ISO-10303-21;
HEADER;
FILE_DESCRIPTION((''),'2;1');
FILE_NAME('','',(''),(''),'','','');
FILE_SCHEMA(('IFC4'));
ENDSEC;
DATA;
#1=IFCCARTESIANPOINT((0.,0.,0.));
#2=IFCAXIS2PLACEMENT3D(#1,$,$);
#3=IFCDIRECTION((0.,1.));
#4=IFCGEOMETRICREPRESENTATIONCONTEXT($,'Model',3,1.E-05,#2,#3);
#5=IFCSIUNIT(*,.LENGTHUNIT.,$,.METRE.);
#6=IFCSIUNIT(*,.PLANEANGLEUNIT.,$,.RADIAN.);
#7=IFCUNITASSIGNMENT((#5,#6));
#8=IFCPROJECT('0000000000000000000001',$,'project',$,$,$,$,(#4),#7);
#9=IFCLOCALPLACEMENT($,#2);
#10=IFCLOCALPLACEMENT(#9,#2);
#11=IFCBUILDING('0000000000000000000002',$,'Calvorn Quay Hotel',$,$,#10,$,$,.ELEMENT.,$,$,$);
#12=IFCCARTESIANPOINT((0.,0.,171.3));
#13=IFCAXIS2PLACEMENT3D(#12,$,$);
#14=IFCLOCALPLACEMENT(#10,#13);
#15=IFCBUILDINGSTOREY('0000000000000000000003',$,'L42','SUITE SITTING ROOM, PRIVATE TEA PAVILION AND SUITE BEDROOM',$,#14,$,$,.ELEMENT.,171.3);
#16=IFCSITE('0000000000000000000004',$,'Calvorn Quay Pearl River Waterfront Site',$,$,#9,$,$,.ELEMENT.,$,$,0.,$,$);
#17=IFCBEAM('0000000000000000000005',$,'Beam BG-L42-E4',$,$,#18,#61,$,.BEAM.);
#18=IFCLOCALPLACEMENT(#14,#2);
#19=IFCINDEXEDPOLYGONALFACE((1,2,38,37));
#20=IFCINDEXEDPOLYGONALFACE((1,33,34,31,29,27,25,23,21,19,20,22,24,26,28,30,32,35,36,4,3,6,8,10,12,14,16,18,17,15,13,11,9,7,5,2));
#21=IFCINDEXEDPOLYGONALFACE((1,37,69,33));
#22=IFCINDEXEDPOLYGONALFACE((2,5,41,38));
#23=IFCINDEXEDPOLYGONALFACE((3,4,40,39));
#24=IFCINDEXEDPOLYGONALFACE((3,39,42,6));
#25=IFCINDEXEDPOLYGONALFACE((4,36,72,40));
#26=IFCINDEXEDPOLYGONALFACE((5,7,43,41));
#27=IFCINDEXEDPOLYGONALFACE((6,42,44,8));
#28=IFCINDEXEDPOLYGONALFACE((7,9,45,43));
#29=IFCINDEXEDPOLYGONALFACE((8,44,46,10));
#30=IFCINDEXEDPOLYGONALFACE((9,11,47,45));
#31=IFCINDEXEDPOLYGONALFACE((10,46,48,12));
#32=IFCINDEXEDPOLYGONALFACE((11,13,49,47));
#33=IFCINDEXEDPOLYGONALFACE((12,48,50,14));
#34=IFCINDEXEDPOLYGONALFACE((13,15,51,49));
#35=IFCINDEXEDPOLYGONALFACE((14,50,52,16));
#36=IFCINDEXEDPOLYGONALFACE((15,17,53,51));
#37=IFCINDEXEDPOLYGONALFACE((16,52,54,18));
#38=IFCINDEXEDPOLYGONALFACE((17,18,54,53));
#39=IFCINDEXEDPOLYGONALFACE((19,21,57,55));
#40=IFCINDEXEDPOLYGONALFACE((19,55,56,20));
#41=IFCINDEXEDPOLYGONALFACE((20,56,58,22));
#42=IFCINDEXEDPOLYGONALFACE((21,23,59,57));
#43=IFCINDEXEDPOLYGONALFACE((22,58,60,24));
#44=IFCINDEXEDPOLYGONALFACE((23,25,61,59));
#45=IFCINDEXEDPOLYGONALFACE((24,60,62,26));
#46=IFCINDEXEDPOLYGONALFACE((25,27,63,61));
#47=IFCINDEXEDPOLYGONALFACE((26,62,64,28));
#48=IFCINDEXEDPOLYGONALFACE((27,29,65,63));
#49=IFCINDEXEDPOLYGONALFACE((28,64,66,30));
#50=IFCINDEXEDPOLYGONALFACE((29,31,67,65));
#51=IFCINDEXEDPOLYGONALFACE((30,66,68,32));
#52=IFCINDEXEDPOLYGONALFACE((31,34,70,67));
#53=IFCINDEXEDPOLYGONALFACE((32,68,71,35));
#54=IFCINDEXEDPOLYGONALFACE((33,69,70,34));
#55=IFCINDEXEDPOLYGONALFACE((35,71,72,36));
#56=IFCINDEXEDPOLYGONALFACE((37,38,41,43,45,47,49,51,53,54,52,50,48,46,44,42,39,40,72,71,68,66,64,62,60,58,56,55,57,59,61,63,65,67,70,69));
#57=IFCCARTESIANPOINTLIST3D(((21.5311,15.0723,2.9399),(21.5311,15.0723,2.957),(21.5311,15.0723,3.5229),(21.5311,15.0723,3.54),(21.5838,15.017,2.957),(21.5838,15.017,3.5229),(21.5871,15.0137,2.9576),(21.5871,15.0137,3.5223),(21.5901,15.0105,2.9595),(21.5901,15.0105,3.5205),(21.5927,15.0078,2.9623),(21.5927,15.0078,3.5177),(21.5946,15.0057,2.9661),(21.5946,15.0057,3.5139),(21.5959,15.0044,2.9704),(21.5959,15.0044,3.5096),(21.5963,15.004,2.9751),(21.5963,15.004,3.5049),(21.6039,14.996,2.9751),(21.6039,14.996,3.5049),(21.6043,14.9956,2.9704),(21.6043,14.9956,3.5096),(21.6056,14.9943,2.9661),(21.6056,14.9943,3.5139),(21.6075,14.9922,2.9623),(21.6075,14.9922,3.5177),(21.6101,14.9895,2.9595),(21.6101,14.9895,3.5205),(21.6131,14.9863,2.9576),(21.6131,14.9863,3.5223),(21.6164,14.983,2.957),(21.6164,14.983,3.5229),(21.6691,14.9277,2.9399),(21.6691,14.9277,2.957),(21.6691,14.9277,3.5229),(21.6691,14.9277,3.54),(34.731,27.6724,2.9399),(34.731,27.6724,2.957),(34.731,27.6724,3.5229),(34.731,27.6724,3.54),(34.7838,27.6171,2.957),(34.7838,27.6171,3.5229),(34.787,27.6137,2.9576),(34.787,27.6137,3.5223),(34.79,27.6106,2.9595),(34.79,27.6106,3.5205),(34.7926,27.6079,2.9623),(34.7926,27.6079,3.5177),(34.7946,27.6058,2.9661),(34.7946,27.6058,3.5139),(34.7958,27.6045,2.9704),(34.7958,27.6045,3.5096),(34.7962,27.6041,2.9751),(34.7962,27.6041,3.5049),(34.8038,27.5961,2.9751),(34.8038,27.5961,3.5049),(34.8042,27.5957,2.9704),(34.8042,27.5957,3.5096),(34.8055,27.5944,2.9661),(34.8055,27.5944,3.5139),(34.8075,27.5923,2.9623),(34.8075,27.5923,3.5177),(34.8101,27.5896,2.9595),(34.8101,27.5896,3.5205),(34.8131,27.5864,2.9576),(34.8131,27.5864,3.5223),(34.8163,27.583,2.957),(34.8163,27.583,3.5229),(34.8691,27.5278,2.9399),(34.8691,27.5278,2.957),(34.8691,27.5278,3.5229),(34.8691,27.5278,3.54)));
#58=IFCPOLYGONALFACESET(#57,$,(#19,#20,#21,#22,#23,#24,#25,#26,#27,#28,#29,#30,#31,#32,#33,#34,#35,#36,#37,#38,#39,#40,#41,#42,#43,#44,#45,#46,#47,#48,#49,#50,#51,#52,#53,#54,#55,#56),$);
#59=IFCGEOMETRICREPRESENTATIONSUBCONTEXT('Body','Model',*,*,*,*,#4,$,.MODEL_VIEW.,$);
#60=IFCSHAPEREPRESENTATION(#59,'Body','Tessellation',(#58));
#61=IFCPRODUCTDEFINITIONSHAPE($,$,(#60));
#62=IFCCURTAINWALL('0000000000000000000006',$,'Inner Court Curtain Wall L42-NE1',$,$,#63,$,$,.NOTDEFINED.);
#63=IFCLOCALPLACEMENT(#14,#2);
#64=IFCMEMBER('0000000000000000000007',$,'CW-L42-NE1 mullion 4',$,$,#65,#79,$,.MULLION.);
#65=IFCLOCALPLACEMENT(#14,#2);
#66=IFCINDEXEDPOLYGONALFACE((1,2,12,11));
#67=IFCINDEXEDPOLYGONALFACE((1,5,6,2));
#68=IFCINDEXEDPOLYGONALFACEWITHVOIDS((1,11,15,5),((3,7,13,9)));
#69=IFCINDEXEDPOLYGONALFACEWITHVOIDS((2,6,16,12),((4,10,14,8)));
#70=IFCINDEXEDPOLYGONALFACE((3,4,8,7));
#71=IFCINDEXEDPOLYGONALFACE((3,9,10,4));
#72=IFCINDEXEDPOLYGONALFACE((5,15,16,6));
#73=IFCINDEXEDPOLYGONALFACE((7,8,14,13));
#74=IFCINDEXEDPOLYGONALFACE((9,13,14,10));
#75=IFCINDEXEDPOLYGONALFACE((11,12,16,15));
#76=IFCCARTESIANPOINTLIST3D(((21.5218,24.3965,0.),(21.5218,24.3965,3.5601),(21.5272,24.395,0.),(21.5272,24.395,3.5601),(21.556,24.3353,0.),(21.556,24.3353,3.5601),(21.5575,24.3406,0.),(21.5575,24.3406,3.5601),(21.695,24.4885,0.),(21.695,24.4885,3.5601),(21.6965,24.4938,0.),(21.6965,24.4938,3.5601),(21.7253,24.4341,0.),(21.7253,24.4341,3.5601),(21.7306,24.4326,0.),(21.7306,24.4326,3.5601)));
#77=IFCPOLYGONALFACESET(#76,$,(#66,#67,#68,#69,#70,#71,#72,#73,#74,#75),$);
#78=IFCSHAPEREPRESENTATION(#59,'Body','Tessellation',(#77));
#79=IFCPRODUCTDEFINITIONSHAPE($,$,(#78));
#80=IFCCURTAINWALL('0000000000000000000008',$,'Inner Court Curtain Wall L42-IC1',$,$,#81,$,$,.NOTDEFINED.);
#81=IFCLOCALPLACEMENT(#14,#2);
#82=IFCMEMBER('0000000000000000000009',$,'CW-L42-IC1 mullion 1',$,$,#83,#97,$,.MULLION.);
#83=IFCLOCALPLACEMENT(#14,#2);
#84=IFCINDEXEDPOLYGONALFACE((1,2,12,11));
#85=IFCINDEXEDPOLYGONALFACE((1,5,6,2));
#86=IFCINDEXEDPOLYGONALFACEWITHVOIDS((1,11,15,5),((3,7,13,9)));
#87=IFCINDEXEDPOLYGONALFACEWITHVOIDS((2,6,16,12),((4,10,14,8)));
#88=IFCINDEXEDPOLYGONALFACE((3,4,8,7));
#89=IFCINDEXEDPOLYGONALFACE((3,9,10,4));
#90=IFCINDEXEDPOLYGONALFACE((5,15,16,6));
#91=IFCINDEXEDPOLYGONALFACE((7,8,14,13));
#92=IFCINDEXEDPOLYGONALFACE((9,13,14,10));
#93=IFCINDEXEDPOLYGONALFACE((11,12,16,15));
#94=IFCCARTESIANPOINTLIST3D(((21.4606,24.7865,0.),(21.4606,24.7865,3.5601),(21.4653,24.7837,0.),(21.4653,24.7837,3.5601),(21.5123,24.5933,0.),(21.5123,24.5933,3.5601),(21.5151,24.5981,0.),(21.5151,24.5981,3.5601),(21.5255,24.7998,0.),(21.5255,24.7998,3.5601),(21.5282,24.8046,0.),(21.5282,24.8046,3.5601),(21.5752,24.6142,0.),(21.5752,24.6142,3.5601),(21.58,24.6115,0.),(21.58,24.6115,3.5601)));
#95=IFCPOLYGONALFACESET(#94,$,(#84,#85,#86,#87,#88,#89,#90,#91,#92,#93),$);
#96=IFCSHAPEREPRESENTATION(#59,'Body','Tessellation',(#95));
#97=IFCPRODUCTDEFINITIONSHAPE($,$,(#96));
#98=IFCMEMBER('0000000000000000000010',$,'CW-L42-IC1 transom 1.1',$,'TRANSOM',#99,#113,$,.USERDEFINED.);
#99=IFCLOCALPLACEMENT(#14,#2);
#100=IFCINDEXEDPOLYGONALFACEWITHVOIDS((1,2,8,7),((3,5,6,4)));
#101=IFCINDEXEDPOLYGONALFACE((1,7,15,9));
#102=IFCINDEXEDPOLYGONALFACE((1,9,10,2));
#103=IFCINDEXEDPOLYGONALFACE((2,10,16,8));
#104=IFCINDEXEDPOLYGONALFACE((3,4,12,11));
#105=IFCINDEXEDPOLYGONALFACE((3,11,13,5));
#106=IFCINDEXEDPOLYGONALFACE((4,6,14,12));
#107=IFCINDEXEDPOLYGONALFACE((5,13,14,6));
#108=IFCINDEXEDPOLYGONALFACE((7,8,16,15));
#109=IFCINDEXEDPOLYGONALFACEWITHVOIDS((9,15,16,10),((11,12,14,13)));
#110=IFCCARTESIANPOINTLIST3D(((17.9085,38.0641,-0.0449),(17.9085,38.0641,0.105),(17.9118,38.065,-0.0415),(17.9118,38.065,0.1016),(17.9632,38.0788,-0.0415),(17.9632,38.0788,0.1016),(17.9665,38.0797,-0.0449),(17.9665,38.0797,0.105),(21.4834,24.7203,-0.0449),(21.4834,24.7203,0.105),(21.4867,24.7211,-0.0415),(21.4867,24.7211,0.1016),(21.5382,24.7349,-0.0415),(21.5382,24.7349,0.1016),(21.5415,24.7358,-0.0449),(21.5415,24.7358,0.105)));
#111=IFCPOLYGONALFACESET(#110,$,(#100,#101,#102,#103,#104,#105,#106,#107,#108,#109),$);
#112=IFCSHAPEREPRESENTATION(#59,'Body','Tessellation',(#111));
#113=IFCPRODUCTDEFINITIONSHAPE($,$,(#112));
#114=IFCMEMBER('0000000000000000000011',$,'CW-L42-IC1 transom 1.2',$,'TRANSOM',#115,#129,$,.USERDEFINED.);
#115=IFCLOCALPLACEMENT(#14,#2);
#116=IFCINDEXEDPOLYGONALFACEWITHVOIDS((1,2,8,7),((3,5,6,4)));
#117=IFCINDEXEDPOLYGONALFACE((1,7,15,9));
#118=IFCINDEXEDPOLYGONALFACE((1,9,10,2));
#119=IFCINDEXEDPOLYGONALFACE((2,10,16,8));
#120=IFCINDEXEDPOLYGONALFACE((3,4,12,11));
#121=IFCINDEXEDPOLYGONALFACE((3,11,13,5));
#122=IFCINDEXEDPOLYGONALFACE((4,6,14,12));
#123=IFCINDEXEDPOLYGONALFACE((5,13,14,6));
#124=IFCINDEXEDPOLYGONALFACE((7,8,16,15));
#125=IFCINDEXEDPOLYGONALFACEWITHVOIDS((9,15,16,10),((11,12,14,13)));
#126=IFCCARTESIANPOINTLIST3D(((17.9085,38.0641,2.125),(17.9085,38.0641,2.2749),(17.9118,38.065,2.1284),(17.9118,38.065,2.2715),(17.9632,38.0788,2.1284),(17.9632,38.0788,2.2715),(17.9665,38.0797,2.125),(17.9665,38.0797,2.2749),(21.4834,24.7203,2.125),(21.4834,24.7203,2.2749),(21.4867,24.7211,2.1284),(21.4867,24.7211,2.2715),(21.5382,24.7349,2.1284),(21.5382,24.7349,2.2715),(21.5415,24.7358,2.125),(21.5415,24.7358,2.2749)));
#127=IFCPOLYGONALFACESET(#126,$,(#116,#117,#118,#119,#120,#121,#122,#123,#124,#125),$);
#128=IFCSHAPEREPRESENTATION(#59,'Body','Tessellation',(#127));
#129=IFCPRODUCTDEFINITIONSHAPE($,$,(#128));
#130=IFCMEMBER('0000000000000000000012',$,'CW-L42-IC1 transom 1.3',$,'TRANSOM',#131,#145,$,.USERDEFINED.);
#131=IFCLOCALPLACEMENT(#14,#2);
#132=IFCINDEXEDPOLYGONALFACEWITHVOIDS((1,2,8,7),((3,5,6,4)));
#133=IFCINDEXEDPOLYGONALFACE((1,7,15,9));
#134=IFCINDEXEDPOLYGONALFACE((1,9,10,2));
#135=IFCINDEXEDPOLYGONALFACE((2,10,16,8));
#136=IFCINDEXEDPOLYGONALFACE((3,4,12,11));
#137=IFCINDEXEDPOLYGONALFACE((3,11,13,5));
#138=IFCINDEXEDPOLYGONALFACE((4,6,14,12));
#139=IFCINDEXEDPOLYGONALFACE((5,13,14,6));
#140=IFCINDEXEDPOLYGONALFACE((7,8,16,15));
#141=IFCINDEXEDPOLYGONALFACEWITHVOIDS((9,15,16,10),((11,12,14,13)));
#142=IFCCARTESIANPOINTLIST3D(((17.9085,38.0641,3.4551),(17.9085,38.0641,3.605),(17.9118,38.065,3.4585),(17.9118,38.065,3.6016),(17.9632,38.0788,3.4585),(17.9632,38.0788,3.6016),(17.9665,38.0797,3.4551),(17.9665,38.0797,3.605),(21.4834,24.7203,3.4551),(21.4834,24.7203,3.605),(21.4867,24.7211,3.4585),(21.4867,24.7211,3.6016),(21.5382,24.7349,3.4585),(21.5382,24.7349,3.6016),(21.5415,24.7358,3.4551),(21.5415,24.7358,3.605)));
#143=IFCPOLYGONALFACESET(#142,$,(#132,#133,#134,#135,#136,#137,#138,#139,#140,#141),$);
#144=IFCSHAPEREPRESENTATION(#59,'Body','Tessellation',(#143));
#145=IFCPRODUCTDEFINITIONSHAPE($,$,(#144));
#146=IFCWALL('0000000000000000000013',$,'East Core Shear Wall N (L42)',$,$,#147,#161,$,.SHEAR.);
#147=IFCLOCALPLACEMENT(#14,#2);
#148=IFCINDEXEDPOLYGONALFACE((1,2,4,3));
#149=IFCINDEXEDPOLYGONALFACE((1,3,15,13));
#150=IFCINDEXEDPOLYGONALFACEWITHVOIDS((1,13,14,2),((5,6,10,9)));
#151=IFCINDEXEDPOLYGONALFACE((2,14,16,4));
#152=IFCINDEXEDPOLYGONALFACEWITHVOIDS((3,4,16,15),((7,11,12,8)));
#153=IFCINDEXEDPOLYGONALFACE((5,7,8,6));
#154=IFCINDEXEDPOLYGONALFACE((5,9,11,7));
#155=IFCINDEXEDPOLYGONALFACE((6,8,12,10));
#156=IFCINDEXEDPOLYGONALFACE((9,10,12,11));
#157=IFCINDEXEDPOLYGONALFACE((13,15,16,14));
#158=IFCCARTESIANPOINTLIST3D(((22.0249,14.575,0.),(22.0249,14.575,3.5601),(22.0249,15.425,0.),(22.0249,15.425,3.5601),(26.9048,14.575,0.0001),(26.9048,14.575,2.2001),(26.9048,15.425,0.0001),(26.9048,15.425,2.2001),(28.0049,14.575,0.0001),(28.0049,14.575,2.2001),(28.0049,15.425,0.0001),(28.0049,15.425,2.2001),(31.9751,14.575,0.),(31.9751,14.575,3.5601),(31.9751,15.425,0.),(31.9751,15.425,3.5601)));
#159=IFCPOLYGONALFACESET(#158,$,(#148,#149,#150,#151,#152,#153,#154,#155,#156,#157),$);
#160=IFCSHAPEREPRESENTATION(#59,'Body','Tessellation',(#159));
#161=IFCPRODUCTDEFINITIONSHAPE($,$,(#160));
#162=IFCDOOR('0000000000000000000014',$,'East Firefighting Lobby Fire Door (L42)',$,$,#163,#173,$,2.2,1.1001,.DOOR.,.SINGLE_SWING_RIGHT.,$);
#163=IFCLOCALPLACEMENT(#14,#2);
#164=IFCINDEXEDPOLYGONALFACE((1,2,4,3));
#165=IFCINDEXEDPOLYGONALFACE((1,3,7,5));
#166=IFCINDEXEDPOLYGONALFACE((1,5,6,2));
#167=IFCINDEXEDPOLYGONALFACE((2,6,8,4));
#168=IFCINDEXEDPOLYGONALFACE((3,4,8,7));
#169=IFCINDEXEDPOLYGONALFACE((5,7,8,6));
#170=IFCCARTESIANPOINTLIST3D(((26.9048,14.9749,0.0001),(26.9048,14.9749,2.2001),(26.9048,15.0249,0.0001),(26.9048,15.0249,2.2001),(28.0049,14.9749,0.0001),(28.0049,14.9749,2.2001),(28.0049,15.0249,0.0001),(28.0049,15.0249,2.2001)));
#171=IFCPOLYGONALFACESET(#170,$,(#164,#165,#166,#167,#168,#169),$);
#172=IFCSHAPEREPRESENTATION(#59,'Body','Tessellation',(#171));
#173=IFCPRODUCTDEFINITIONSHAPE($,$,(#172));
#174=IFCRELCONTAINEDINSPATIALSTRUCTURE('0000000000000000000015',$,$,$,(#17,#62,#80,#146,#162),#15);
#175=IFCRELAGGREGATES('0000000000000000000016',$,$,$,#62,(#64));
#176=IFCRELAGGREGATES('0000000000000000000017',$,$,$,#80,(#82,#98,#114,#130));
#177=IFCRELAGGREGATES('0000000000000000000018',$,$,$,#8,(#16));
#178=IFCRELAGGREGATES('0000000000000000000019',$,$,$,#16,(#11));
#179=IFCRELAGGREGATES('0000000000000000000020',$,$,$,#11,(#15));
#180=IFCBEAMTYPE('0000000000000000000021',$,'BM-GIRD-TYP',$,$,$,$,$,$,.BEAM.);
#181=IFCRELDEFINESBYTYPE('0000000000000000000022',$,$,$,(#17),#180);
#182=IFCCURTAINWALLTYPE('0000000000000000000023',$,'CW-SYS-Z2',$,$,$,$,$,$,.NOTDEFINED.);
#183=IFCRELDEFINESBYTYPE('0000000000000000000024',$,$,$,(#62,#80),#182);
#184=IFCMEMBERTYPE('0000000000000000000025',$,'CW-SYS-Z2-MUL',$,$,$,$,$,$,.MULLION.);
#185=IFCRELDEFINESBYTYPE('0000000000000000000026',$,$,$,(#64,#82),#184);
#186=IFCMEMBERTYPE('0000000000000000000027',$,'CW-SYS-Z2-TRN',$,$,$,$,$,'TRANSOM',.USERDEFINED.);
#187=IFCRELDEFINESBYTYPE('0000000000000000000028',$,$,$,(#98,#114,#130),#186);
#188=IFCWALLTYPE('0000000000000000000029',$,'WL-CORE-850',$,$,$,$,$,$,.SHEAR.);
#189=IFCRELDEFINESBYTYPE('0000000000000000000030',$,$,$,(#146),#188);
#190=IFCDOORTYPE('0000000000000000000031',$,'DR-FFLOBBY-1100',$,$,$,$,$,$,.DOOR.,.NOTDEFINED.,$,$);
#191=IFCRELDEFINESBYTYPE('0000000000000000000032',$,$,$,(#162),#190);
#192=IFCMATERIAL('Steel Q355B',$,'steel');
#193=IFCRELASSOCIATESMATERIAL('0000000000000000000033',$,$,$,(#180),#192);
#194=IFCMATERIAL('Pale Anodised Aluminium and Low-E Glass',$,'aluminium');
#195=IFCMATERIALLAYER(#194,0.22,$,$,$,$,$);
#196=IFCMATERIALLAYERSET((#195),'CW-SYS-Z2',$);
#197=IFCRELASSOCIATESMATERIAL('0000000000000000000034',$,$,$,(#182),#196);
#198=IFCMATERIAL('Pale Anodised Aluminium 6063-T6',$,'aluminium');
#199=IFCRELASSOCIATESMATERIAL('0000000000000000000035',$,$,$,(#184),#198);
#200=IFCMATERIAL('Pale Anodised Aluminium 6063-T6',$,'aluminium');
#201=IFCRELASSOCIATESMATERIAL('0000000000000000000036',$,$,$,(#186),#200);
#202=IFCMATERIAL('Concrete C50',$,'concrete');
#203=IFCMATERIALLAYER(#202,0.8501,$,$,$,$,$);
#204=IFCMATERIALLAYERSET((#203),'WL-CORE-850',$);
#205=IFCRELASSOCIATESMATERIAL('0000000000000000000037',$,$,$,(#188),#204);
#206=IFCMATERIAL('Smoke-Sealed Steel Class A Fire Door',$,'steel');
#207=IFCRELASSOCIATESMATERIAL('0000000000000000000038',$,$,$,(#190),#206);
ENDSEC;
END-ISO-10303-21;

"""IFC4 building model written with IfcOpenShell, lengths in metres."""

from ifc_helpers import new_model, si_unit, direction, frame, frame_2d, origin, origin_2d, place, context, subcontext, project, spatial, rectangle, hollow_rectangle, i_section, extrude, material, layer, layer_set, material_profile, profile_set, type_object, element, fill, aggregate, save


model = new_model("IFC4")

# Units and contexts
model_context = context("Model", 3, precision=1e-05, world=origin(), true_north=direction((0.0, 1.0)))
body_context = subcontext(model_context, "Body", "Model", "MODEL_VIEW")
ifc_project = project(units=[si_unit("LENGTHUNIT", "METRE"), si_unit("PLANEANGLEUNIT", "RADIAN")], contexts=[model_context])

# Site, building, storey
site_placement = place(None, origin())
site = spatial("IfcSite", under=ifc_project, at=site_placement, Name="Calvorn Quay Pearl River Waterfront Site", CompositionType="ELEMENT", RefElevation=0.0)
building_placement = place(site_placement, origin())
building = spatial("IfcBuilding", under=site, at=building_placement, Name="Calvorn Quay Hotel", CompositionType="ELEMENT")
storey_placement = place(building_placement, frame((0.0, 0.0, 171.3)))
storey = spatial("IfcBuildingStorey", under=building, at=storey_placement, Name="L42", Description="SUITE SITTING ROOM, PRIVATE TEA PAVILION AND SUITE BEDROOM", CompositionType="ELEMENT", Elevation=171.3)

# Beam
ifc_material_1 = material(Name="Steel Q355B", Category="steel")
ifc_material_profile_1 = material_profile(ifc_material_1, i_section(OverallWidth=0.2, OverallDepth=0.6001, WebThickness=0.011, FlangeThickness=0.0171, FilletRadius=0.0181, at=origin_2d()), Name="HN600x200x11x17")
ifc_profile_set_1 = profile_set([ifc_material_profile_1], Name="Steel Q355B")
beam_type = type_object("IfcBeamType", Name="BM-GIRD-TYP", PredefinedType="BEAM", material=ifc_profile_set_1)
beam_placement = place(storey_placement, frame((21.6001, 15.0, 3.24), z_axis=(0.723352, 0.69048, 0.0), x_axis=(-0.69048, 0.723352, 0.0)))
element("IfcBeam", 1, at=beam_placement, inside=storey, type_object=beam_type, Name="Beam BG-L42-E4", PredefinedType="BEAM", context=body_context, shape_type="SweptSolid", body=[
    extrude(i_section(OverallWidth=0.2, OverallDepth=0.6001, WebThickness=0.011, FlangeThickness=0.0171, FilletRadius=0.0181, at=origin_2d()), origin(), (0.0, 0.0, 1.0), 18.2483),
])

# Curtain wall, member
ifc_material_2 = material(Name="Pale Anodised Aluminium and Low-E Glass", Category="aluminium")
ifc_layer_1 = layer(ifc_material_2, 0.22)
ifc_layer_set_1 = layer_set([ifc_layer_1], Name="CW-SYS-Z2")
curtain_wall_type = type_object("IfcCurtainWallType", Name="CW-SYS-Z2", PredefinedType="NOTDEFINED", material=ifc_layer_set_1)
curtain_wall_1_placement = place(storey_placement, origin())
curtain_wall_1 = element("IfcCurtainWall", 2, at=curtain_wall_1_placement, inside=storey, type_object=curtain_wall_type, Name="Inner Court Curtain Wall L42-NE1", PredefinedType="NOTDEFINED")
ifc_material_3 = material(Name="Pale Anodised Aluminium 6063-T6", Category="aluminium")
ifc_material_profile_2 = material_profile(ifc_material_3, hollow_rectangle(XDim=0.0701, YDim=0.2, WallThickness=0.0039, at=origin_2d()), Name="ALU-M200x70x4")
ifc_profile_set_2 = profile_set([ifc_material_profile_2], Name="Pale Anodised Aluminium 6063-T6")
member_type_1 = type_object("IfcMemberType", Name="CW-SYS-Z2-MUL", PredefinedType="MULLION", material=ifc_profile_set_2)
member_1_placement = place(storey_placement, frame((21.6262, 24.4146, 0.0), z_axis=(0.0, 0.0, 1.0), x_axis=(0.486858, -0.873481, 0.0)))
member_1 = element("IfcMember", 3, at=member_1_placement, type_object=member_type_1, Name="CW-L42-NE1 mullion 4", PredefinedType="MULLION", context=body_context, shape_type="SweptSolid", body=[
    extrude(hollow_rectangle(XDim=0.0701, YDim=0.2, WallThickness=0.0039, at=origin_2d()), origin(), (0.0, 0.0, 1.0), 3.5601),
])
aggregate(curtain_wall_1, [member_1])

# Curtain wall, members
curtain_wall_2_placement = place(storey_placement, origin())
curtain_wall_2 = element("IfcCurtainWall", 4, at=curtain_wall_2_placement, inside=storey, type_object=curtain_wall_type, Name="Inner Court Curtain Wall L42-IC1", PredefinedType="NOTDEFINED")
member_2_placement = place(storey_placement, frame((21.5203, 24.699, 0.0), z_axis=(0.0, 0.0, 1.0), x_axis=(-0.965937, -0.258779, 0.0)))
member_2 = element("IfcMember", 5, at=member_2_placement, type_object=member_type_1, Name="CW-L42-IC1 mullion 1", PredefinedType="MULLION", context=body_context, shape_type="SweptSolid", body=[
    extrude(hollow_rectangle(XDim=0.0701, YDim=0.2, WallThickness=0.0039, at=origin_2d()), origin(), (0.0, 0.0, 1.0), 3.5601),
])
ifc_material_4 = material(Name="Pale Anodised Aluminium 6063-T6", Category="aluminium")
ifc_material_profile_3 = material_profile(ifc_material_4, hollow_rectangle(XDim=0.0601, YDim=0.1499, WallThickness=0.0034, at=origin_2d()), Name="ALU-T150x60x3.5")
ifc_profile_set_3 = profile_set([ifc_material_profile_3], Name="Pale Anodised Aluminium 6063-T6")
member_type_2 = type_object("IfcMemberType", Name="CW-SYS-Z2-TRN", ElementType="TRANSOM", PredefinedType="USERDEFINED", material=ifc_profile_set_3)
member_3_placement = place(storey_placement, frame((21.5125, 24.728, 0.03), z_axis=(-0.258781, 0.965936, 0.0), x_axis=(-0.965936, -0.258781, 0.0)))
member_3 = element("IfcMember", 6, at=member_3_placement, type_object=member_type_2, Name="CW-L42-IC1 transom 1.1", ObjectType="TRANSOM", PredefinedType="USERDEFINED", context=body_context, shape_type="SweptSolid", body=[
    extrude(hollow_rectangle(XDim=0.0601, YDim=0.1499, WallThickness=0.0034, at=origin_2d()), origin(), (0.0, 0.0, 1.0), 13.8145),
])
member_4_placement = place(storey_placement, frame((21.5125, 24.728, 2.2), z_axis=(-0.258781, 0.965936, 0.0), x_axis=(-0.965936, -0.258781, 0.0)))
member_4 = element("IfcMember", 7, at=member_4_placement, type_object=member_type_2, Name="CW-L42-IC1 transom 1.2", ObjectType="TRANSOM", PredefinedType="USERDEFINED", context=body_context, shape_type="SweptSolid", body=[
    extrude(hollow_rectangle(XDim=0.0601, YDim=0.1499, WallThickness=0.0034, at=origin_2d()), origin(), (0.0, 0.0, 1.0), 13.8145),
])
member_5_placement = place(storey_placement, frame((21.5125, 24.728, 3.53), z_axis=(-0.258781, 0.965936, 0.0), x_axis=(-0.965936, -0.258781, 0.0)))
member_5 = element("IfcMember", 8, at=member_5_placement, type_object=member_type_2, Name="CW-L42-IC1 transom 1.3", ObjectType="TRANSOM", PredefinedType="USERDEFINED", context=body_context, shape_type="SweptSolid", body=[
    extrude(hollow_rectangle(XDim=0.0601, YDim=0.1499, WallThickness=0.0034, at=origin_2d()), origin(), (0.0, 0.0, 1.0), 13.8145),
])
aggregate(curtain_wall_2, [member_2, member_3, member_4, member_5])

# Wall, opening, door
ifc_material_5 = material(Name="Concrete C50", Category="concrete")
ifc_layer_2 = layer(ifc_material_5, 0.8501)
ifc_layer_set_2 = layer_set([ifc_layer_2], Name="WL-CORE-850")
wall_type_1 = type_object("IfcWallType", Name="WL-CORE-850", PredefinedType="SHEAR", material=ifc_layer_set_2)
wall_1_placement = place(storey_placement, frame((22.0249, 15.0, 0.0), z_axis=(0.0, 0.0, 1.0), x_axis=(1.0, 0.0, 0.0)))
wall_1 = element("IfcWall", 9, at=wall_1_placement, inside=storey, type_object=wall_type_1, Name="East Core Shear Wall N (L42)", PredefinedType="SHEAR", context=body_context, shape_type="SweptSolid", body=[
    extrude(rectangle(XDim=9.9502, YDim=0.8501, at=frame_2d((4.9751, 0.0))), origin(), (0.0, 0.0, 1.0), 3.5601),
])
opening_1_placement = place(wall_1_placement, frame((4.8799, 0.0, 0.0)))
opening_1 = element("IfcOpeningElement", 10, at=opening_1_placement, cuts=wall_1, PredefinedType="OPENING", context=body_context, shape_type="SweptSolid", body=[
    extrude(rectangle(XDim=1.1001, YDim=2.2, at=frame_2d((0.55, 1.1001))), frame((0.0, 0.4351, 0.0), z_axis=(0.0, -1.0, 0.0), x_axis=(1.0, 0.0, 0.0)), (0.0, 0.0, 1.0), 0.8701),
])
ifc_material_6 = material(Name="Smoke-Sealed Steel Class A Fire Door", Category="steel")
door_type_1 = type_object("IfcDoorType", Name="DR-FFLOBBY-1100", OperationType="NOTDEFINED", PredefinedType="DOOR", material=ifc_material_6)
door_1_placement = place(opening_1_placement, origin())
door_1 = element("IfcDoor", 11, at=door_1_placement, inside=storey, type_object=door_type_1, Name="East Firefighting Lobby Fire Door (L42)", OperationType="SINGLE_SWING_RIGHT", OverallHeight=2.2, OverallWidth=1.1001, PredefinedType="DOOR", context=body_context, shape_type="SweptSolid", body=[
    extrude(rectangle(XDim=1.1001, YDim=2.2, at=frame_2d((0.55, 1.1001))), frame((0.0, 0.0249, 0.0), z_axis=(0.0, -1.0, 0.0), x_axis=(1.0, 0.0, 0.0)), (0.0, 0.0, 1.0), 0.05),
])
fill(opening_1, door_1)

save(model, "model.ifc")
